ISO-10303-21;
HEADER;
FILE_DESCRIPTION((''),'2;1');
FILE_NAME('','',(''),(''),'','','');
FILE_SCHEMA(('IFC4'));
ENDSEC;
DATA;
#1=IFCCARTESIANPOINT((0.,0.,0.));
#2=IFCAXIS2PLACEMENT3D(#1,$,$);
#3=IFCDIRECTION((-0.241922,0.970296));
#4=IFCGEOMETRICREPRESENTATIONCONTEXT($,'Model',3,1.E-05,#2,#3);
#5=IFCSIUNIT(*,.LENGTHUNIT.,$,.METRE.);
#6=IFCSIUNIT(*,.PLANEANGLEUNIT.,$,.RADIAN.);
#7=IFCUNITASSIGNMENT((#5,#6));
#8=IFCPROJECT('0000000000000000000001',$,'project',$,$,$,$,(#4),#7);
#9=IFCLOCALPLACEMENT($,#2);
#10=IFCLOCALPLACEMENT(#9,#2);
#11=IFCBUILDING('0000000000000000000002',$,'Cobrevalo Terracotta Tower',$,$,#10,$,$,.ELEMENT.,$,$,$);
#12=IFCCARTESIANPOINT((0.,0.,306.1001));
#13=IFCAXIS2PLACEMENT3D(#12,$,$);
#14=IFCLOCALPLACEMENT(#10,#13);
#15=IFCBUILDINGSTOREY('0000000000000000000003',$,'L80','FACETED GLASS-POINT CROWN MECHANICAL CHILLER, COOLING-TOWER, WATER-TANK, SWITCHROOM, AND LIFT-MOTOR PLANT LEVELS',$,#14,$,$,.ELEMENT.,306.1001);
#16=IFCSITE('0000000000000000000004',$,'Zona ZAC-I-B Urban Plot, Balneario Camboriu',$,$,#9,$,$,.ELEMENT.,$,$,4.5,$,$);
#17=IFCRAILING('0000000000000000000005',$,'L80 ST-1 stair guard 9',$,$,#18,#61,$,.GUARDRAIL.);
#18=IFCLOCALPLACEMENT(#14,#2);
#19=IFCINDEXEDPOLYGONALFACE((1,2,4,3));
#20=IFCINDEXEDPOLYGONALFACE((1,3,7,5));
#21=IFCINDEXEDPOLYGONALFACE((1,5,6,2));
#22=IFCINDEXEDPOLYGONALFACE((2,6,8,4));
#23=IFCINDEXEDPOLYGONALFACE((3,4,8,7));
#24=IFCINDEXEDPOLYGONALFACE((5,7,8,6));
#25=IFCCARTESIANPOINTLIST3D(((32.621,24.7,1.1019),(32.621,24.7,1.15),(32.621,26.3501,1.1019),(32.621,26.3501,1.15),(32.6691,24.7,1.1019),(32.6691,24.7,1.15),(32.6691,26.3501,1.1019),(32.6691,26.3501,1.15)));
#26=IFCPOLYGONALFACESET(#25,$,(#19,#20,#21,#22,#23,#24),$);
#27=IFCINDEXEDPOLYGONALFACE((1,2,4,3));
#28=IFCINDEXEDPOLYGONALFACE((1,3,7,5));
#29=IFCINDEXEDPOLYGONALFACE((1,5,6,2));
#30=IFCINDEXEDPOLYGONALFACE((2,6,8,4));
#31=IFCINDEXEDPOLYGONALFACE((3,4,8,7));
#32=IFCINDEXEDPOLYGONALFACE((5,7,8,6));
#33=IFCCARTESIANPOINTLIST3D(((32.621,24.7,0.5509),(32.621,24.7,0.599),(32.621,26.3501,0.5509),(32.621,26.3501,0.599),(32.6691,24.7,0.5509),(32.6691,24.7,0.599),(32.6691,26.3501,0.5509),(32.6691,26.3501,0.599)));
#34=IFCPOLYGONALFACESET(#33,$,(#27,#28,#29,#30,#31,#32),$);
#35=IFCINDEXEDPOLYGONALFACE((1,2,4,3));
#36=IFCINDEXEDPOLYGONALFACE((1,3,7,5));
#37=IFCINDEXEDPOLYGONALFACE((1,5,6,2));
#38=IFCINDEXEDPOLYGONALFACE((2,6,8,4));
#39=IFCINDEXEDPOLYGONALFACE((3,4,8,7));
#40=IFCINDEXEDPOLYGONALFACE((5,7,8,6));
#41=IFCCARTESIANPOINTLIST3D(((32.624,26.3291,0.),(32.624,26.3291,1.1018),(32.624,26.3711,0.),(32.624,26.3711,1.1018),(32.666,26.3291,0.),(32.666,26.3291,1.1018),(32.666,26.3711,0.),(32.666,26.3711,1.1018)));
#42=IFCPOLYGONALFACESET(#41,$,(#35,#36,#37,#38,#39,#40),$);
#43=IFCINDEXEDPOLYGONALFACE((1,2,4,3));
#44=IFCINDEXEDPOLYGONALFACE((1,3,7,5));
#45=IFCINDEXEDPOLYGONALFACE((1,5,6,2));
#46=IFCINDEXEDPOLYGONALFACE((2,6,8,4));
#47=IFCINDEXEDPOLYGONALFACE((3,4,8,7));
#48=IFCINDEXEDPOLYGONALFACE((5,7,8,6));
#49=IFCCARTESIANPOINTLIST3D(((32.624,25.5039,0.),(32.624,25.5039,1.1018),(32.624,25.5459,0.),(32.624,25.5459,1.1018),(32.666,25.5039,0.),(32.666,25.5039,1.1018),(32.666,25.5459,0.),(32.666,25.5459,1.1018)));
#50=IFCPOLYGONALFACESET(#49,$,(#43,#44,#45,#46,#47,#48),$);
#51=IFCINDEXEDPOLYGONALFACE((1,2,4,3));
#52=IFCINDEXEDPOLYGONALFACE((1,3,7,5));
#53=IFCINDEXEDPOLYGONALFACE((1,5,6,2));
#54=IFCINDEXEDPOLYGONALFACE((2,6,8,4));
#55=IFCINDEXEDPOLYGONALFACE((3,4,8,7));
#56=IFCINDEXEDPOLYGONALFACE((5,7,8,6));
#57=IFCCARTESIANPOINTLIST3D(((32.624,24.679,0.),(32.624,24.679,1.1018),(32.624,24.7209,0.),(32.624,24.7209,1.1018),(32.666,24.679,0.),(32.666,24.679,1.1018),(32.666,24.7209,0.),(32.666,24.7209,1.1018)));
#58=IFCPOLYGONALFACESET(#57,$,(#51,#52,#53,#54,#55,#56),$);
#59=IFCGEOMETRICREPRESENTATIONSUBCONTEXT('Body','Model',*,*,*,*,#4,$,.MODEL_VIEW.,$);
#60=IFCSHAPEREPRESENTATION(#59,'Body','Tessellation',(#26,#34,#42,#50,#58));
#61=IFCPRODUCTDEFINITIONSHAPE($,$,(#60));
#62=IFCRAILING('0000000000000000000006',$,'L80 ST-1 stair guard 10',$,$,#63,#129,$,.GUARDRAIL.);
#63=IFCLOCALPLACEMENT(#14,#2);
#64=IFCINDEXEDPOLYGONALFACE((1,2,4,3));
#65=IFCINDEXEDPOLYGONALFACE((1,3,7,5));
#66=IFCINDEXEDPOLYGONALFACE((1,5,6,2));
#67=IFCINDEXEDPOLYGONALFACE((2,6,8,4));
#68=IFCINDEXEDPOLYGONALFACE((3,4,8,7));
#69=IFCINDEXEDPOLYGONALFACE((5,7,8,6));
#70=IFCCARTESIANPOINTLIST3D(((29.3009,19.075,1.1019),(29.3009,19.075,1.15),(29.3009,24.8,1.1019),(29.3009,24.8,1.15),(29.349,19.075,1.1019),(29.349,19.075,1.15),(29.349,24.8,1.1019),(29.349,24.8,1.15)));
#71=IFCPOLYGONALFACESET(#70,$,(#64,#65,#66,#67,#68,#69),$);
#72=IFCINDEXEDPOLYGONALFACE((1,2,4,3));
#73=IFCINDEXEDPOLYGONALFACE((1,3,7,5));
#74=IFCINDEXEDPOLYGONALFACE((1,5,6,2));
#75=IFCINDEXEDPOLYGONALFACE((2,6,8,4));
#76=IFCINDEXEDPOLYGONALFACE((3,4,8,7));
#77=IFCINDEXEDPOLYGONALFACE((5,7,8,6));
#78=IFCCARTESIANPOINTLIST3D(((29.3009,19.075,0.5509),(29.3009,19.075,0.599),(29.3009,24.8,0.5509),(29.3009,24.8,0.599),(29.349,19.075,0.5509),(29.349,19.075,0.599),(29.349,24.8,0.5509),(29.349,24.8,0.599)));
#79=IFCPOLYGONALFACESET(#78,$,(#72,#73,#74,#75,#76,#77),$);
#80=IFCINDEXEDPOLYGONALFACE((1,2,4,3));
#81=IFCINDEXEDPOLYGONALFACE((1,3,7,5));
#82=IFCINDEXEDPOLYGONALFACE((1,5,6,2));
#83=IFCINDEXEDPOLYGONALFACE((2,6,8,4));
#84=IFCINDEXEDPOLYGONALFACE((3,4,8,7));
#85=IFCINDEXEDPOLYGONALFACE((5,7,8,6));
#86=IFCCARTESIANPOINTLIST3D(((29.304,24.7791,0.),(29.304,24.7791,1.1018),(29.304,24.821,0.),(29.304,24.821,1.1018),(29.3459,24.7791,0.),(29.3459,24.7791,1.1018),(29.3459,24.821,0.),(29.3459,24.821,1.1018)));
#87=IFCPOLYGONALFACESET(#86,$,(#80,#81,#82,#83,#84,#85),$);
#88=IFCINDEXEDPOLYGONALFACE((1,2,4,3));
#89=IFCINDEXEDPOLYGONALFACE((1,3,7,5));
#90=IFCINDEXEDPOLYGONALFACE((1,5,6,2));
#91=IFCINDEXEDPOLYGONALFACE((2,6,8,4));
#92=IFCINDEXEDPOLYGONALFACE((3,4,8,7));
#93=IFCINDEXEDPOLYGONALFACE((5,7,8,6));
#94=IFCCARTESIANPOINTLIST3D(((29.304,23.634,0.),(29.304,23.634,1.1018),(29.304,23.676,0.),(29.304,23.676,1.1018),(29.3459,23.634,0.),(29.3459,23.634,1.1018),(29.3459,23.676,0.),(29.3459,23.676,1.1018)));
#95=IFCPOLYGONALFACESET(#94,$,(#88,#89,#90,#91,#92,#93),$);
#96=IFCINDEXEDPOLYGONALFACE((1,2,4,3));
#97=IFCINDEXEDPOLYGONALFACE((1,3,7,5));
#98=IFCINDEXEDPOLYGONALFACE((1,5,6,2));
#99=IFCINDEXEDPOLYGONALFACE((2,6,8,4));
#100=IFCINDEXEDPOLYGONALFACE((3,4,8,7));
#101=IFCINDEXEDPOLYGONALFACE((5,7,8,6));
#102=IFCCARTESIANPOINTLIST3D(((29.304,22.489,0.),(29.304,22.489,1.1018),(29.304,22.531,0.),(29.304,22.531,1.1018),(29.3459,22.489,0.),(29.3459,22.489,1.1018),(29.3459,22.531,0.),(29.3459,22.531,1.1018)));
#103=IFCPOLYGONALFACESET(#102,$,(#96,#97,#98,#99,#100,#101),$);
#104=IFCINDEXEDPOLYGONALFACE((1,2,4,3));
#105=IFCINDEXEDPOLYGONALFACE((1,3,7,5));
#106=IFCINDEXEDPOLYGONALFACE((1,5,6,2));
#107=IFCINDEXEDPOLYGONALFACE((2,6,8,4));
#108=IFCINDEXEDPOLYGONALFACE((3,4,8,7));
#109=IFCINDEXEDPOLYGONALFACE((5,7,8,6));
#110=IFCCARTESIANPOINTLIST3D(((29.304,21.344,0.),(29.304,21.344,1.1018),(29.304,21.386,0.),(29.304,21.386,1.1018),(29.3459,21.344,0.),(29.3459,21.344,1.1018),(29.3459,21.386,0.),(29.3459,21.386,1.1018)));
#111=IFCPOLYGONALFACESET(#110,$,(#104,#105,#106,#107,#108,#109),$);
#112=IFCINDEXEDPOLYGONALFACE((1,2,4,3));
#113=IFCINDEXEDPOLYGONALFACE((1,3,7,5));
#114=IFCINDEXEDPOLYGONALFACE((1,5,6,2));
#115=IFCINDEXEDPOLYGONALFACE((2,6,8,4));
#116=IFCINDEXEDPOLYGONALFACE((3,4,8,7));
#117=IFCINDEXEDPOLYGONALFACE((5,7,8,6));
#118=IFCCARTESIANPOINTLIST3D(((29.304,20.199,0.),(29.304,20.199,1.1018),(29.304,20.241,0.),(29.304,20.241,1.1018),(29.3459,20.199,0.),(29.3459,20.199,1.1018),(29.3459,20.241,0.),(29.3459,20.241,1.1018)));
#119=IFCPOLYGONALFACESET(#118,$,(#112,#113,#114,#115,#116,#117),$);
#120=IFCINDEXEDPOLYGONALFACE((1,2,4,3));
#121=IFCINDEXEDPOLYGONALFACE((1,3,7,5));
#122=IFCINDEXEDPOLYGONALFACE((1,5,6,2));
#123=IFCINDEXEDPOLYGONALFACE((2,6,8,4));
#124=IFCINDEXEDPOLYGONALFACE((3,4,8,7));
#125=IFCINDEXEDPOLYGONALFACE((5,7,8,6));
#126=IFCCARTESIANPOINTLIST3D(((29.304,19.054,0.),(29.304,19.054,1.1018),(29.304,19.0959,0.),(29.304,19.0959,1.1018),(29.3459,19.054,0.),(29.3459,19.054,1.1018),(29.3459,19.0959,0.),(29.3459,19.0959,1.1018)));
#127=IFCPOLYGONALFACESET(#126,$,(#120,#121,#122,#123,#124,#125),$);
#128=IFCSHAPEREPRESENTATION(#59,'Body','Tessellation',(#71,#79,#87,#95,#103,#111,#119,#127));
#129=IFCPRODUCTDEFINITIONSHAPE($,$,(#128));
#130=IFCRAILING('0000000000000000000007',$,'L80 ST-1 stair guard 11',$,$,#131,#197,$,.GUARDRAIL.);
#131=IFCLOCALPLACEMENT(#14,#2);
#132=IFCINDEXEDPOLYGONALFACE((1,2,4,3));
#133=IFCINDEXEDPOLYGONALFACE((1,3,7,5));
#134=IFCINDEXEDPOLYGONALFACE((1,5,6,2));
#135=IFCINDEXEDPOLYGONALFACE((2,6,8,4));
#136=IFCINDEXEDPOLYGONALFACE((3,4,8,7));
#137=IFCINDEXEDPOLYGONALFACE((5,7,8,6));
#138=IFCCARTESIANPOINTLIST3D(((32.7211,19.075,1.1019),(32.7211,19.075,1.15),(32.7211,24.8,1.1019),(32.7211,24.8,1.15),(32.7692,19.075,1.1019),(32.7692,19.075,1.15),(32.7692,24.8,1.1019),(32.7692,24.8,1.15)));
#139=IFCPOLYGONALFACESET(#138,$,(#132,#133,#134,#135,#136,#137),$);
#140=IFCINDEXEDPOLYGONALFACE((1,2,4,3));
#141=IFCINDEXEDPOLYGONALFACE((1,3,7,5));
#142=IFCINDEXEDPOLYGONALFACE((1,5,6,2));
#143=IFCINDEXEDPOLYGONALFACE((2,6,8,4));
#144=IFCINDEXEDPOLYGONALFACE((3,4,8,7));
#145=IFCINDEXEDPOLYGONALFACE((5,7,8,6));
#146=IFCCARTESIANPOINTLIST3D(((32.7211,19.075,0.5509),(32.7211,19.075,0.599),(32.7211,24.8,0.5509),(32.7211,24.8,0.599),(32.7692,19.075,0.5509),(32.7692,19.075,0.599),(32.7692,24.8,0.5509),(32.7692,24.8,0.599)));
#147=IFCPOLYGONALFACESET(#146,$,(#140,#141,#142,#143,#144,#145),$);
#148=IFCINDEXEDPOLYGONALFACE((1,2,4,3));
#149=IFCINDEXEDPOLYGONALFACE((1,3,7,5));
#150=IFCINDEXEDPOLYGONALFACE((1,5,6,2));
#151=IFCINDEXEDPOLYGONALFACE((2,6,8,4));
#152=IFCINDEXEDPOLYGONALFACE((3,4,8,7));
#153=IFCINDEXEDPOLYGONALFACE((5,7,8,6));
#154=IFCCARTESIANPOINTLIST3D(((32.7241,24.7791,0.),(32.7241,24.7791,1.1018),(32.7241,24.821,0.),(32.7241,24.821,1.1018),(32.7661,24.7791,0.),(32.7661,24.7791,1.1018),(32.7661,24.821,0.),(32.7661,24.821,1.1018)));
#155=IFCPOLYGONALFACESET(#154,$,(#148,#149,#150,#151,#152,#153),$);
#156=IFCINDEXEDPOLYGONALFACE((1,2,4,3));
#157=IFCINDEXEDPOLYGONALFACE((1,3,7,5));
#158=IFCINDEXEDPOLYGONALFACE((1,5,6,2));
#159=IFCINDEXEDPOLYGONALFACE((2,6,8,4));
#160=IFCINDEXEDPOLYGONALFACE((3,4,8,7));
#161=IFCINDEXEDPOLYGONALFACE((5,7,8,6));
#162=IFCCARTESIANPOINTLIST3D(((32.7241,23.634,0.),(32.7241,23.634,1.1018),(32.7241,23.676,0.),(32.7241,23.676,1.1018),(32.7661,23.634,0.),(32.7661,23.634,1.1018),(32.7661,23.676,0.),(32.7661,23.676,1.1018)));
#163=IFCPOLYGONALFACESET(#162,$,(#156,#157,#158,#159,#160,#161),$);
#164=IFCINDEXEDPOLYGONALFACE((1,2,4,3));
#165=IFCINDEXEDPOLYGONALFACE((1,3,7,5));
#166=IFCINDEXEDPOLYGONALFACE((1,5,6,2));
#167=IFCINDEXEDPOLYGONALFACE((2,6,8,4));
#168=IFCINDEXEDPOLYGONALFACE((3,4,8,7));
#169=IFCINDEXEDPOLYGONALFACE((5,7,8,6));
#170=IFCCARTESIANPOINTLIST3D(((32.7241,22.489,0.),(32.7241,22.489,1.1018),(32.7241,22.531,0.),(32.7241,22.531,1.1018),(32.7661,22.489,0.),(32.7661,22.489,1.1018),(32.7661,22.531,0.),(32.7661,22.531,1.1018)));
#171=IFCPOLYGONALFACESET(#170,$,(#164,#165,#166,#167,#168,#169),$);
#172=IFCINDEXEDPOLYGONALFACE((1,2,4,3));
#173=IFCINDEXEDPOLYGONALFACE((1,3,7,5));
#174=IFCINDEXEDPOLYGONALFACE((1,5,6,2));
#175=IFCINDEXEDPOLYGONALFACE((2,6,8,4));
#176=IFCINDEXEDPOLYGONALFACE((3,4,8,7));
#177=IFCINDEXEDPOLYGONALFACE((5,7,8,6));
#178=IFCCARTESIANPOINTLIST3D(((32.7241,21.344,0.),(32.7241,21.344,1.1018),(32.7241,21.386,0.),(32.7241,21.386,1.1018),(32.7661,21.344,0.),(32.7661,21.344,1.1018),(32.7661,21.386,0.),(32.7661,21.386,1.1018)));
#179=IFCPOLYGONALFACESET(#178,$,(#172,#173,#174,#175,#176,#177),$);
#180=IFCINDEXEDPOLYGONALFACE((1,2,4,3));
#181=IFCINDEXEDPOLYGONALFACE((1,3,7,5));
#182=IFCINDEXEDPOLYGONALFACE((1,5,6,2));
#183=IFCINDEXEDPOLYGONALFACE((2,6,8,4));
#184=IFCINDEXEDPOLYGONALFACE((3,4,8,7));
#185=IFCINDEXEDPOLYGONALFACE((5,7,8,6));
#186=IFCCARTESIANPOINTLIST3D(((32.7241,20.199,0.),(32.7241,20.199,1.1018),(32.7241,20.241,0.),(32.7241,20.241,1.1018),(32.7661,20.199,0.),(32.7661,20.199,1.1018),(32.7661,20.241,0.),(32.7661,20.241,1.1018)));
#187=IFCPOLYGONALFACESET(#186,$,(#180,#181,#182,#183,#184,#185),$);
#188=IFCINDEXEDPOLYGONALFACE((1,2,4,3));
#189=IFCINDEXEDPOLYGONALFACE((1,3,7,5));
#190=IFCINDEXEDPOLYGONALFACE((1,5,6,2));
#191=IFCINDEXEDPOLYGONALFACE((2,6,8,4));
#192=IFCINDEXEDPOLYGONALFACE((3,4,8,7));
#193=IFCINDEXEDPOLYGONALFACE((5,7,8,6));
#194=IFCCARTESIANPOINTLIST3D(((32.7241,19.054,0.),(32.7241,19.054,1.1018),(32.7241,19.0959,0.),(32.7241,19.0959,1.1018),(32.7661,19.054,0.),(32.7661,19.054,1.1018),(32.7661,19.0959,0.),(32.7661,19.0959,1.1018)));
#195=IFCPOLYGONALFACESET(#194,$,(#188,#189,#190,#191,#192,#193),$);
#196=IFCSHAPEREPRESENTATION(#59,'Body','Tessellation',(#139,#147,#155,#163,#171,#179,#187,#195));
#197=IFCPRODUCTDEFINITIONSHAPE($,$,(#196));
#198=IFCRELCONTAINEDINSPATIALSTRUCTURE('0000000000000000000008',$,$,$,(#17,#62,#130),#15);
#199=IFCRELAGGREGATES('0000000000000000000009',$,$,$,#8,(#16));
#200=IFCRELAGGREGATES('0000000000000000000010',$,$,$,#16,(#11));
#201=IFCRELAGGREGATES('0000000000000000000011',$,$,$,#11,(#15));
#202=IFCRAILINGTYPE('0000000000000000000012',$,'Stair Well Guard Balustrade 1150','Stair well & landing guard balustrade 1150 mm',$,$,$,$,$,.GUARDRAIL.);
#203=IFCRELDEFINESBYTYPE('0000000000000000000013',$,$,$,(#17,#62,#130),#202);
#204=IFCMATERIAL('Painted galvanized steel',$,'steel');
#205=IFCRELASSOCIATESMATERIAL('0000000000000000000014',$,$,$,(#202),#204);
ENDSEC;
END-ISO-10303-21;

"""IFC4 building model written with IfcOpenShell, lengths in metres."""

from ifc_helpers import new_model, si_unit, direction, frame, origin, origin_2d, place, context, subcontext, project, spatial, rectangle, extrude, material, type_object, element, save


model = new_model("IFC4")

# Units and contexts
model_context = context("Model", 3, precision=1e-05, world=origin(), true_north=direction((-0.241922, 0.970296)))
body_context = subcontext(model_context, "Body", "Model", "MODEL_VIEW")
ifc_project = project(units=[si_unit("LENGTHUNIT", "METRE"), si_unit("PLANEANGLEUNIT", "RADIAN")], contexts=[model_context])

# Site, building, storey
site_placement = place(None, origin())
site = spatial("IfcSite", under=ifc_project, at=site_placement, Name="Zona ZAC-I-B Urban Plot, Balneario Camboriu", CompositionType="ELEMENT", RefElevation=4.5)
building_placement = place(site_placement, origin())
building = spatial("IfcBuilding", under=site, at=building_placement, Name="Cobrevalo Terracotta Tower", CompositionType="ELEMENT")
storey_placement = place(building_placement, frame((0.0, 0.0, 306.1001)))
storey = spatial("IfcBuildingStorey", under=building, at=storey_placement, Name="L80", Description="FACETED GLASS-POINT CROWN MECHANICAL CHILLER, COOLING-TOWER, WATER-TANK, SWITCHROOM, AND LIFT-MOTOR PLANT LEVELS", CompositionType="ELEMENT", Elevation=306.1001)

# Railings
ifc_material_1 = material(Name="Painted galvanized steel", Category="steel")
railing_type = type_object("IfcRailingType", Name="Stair Well Guard Balustrade 1150", Description="Stair well & landing guard balustrade 1150 mm", PredefinedType="GUARDRAIL", material=ifc_material_1)
for number, where, name in (
    (1, (32.645, 26.3501, 0.0), "L80 ST-1 stair guard 9"),
):
    element("IfcRailing", number, at=place(storey_placement, frame(where)), inside=storey, type_object=railing_type, Name=name, PredefinedType="GUARDRAIL", context=body_context, shape_type="SweptSolid", body=[
        extrude(rectangle(XDim=0.0481, YDim=0.0481, at=origin_2d()), frame((0.0, 0.0, 1.126), z_axis=(0.0, -1.0, 0.0), x_axis=(1.0, 0.0, 0.0)), (0.0, 0.0, 1.0), 1.6501),
        extrude(rectangle(XDim=0.0481, YDim=0.0481, at=origin_2d()), frame((0.0, 0.0, 0.575), z_axis=(0.0, -1.0, 0.0), x_axis=(1.0, 0.0, 0.0)), (0.0, 0.0, 1.0), 1.6501),
        extrude(rectangle(XDim=0.042, YDim=0.042, at=origin_2d()), origin(), (0.0, 0.0, 1.0), 1.1018),
        extrude(rectangle(XDim=0.042, YDim=0.042, at=origin_2d()), frame((0.0, -0.8252, 0.0)), (0.0, 0.0, 1.0), 1.1018),
        extrude(rectangle(XDim=0.042, YDim=0.042, at=origin_2d()), frame((0.0, -1.6501, 0.0)), (0.0, 0.0, 1.0), 1.1018),
    ])
for number, where, name in (
    (2, (29.325, 24.8, 0.0), "L80 ST-1 stair guard 10"),
    (3, (32.7451, 24.8, 0.0), "L80 ST-1 stair guard 11"),
):
    element("IfcRailing", number, at=place(storey_placement, frame(where)), inside=storey, type_object=railing_type, Name=name, PredefinedType="GUARDRAIL", context=body_context, shape_type="SweptSolid", body=[
        extrude(rectangle(XDim=0.0481, YDim=0.0481, at=origin_2d()), frame((0.0, 0.0, 1.126), z_axis=(0.0, -1.0, 0.0), x_axis=(1.0, 0.0, 0.0)), (0.0, 0.0, 1.0), 5.7251),
        extrude(rectangle(XDim=0.0481, YDim=0.0481, at=origin_2d()), frame((0.0, 0.0, 0.575), z_axis=(0.0, -1.0, 0.0), x_axis=(1.0, 0.0, 0.0)), (0.0, 0.0, 1.0), 5.7251),
        extrude(rectangle(XDim=0.042, YDim=0.042, at=origin_2d()), origin(), (0.0, 0.0, 1.0), 1.1018),
        extrude(rectangle(XDim=0.042, YDim=0.042, at=origin_2d()), frame((0.0, -1.145, 0.0)), (0.0, 0.0, 1.0), 1.1018),
        extrude(rectangle(XDim=0.042, YDim=0.042, at=origin_2d()), frame((0.0, -2.29, 0.0)), (0.0, 0.0, 1.0), 1.1018),
        extrude(rectangle(XDim=0.042, YDim=0.042, at=origin_2d()), frame((0.0, -3.4351, 0.0)), (0.0, 0.0, 1.0), 1.1018),
        extrude(rectangle(XDim=0.042, YDim=0.042, at=origin_2d()), frame((0.0, -4.5801, 0.0)), (0.0, 0.0, 1.0), 1.1018),
        extrude(rectangle(XDim=0.042, YDim=0.042, at=origin_2d()), frame((0.0, -5.7251, 0.0)), (0.0, 0.0, 1.0), 1.1018),
    ])

save(model, "model.ifc")
